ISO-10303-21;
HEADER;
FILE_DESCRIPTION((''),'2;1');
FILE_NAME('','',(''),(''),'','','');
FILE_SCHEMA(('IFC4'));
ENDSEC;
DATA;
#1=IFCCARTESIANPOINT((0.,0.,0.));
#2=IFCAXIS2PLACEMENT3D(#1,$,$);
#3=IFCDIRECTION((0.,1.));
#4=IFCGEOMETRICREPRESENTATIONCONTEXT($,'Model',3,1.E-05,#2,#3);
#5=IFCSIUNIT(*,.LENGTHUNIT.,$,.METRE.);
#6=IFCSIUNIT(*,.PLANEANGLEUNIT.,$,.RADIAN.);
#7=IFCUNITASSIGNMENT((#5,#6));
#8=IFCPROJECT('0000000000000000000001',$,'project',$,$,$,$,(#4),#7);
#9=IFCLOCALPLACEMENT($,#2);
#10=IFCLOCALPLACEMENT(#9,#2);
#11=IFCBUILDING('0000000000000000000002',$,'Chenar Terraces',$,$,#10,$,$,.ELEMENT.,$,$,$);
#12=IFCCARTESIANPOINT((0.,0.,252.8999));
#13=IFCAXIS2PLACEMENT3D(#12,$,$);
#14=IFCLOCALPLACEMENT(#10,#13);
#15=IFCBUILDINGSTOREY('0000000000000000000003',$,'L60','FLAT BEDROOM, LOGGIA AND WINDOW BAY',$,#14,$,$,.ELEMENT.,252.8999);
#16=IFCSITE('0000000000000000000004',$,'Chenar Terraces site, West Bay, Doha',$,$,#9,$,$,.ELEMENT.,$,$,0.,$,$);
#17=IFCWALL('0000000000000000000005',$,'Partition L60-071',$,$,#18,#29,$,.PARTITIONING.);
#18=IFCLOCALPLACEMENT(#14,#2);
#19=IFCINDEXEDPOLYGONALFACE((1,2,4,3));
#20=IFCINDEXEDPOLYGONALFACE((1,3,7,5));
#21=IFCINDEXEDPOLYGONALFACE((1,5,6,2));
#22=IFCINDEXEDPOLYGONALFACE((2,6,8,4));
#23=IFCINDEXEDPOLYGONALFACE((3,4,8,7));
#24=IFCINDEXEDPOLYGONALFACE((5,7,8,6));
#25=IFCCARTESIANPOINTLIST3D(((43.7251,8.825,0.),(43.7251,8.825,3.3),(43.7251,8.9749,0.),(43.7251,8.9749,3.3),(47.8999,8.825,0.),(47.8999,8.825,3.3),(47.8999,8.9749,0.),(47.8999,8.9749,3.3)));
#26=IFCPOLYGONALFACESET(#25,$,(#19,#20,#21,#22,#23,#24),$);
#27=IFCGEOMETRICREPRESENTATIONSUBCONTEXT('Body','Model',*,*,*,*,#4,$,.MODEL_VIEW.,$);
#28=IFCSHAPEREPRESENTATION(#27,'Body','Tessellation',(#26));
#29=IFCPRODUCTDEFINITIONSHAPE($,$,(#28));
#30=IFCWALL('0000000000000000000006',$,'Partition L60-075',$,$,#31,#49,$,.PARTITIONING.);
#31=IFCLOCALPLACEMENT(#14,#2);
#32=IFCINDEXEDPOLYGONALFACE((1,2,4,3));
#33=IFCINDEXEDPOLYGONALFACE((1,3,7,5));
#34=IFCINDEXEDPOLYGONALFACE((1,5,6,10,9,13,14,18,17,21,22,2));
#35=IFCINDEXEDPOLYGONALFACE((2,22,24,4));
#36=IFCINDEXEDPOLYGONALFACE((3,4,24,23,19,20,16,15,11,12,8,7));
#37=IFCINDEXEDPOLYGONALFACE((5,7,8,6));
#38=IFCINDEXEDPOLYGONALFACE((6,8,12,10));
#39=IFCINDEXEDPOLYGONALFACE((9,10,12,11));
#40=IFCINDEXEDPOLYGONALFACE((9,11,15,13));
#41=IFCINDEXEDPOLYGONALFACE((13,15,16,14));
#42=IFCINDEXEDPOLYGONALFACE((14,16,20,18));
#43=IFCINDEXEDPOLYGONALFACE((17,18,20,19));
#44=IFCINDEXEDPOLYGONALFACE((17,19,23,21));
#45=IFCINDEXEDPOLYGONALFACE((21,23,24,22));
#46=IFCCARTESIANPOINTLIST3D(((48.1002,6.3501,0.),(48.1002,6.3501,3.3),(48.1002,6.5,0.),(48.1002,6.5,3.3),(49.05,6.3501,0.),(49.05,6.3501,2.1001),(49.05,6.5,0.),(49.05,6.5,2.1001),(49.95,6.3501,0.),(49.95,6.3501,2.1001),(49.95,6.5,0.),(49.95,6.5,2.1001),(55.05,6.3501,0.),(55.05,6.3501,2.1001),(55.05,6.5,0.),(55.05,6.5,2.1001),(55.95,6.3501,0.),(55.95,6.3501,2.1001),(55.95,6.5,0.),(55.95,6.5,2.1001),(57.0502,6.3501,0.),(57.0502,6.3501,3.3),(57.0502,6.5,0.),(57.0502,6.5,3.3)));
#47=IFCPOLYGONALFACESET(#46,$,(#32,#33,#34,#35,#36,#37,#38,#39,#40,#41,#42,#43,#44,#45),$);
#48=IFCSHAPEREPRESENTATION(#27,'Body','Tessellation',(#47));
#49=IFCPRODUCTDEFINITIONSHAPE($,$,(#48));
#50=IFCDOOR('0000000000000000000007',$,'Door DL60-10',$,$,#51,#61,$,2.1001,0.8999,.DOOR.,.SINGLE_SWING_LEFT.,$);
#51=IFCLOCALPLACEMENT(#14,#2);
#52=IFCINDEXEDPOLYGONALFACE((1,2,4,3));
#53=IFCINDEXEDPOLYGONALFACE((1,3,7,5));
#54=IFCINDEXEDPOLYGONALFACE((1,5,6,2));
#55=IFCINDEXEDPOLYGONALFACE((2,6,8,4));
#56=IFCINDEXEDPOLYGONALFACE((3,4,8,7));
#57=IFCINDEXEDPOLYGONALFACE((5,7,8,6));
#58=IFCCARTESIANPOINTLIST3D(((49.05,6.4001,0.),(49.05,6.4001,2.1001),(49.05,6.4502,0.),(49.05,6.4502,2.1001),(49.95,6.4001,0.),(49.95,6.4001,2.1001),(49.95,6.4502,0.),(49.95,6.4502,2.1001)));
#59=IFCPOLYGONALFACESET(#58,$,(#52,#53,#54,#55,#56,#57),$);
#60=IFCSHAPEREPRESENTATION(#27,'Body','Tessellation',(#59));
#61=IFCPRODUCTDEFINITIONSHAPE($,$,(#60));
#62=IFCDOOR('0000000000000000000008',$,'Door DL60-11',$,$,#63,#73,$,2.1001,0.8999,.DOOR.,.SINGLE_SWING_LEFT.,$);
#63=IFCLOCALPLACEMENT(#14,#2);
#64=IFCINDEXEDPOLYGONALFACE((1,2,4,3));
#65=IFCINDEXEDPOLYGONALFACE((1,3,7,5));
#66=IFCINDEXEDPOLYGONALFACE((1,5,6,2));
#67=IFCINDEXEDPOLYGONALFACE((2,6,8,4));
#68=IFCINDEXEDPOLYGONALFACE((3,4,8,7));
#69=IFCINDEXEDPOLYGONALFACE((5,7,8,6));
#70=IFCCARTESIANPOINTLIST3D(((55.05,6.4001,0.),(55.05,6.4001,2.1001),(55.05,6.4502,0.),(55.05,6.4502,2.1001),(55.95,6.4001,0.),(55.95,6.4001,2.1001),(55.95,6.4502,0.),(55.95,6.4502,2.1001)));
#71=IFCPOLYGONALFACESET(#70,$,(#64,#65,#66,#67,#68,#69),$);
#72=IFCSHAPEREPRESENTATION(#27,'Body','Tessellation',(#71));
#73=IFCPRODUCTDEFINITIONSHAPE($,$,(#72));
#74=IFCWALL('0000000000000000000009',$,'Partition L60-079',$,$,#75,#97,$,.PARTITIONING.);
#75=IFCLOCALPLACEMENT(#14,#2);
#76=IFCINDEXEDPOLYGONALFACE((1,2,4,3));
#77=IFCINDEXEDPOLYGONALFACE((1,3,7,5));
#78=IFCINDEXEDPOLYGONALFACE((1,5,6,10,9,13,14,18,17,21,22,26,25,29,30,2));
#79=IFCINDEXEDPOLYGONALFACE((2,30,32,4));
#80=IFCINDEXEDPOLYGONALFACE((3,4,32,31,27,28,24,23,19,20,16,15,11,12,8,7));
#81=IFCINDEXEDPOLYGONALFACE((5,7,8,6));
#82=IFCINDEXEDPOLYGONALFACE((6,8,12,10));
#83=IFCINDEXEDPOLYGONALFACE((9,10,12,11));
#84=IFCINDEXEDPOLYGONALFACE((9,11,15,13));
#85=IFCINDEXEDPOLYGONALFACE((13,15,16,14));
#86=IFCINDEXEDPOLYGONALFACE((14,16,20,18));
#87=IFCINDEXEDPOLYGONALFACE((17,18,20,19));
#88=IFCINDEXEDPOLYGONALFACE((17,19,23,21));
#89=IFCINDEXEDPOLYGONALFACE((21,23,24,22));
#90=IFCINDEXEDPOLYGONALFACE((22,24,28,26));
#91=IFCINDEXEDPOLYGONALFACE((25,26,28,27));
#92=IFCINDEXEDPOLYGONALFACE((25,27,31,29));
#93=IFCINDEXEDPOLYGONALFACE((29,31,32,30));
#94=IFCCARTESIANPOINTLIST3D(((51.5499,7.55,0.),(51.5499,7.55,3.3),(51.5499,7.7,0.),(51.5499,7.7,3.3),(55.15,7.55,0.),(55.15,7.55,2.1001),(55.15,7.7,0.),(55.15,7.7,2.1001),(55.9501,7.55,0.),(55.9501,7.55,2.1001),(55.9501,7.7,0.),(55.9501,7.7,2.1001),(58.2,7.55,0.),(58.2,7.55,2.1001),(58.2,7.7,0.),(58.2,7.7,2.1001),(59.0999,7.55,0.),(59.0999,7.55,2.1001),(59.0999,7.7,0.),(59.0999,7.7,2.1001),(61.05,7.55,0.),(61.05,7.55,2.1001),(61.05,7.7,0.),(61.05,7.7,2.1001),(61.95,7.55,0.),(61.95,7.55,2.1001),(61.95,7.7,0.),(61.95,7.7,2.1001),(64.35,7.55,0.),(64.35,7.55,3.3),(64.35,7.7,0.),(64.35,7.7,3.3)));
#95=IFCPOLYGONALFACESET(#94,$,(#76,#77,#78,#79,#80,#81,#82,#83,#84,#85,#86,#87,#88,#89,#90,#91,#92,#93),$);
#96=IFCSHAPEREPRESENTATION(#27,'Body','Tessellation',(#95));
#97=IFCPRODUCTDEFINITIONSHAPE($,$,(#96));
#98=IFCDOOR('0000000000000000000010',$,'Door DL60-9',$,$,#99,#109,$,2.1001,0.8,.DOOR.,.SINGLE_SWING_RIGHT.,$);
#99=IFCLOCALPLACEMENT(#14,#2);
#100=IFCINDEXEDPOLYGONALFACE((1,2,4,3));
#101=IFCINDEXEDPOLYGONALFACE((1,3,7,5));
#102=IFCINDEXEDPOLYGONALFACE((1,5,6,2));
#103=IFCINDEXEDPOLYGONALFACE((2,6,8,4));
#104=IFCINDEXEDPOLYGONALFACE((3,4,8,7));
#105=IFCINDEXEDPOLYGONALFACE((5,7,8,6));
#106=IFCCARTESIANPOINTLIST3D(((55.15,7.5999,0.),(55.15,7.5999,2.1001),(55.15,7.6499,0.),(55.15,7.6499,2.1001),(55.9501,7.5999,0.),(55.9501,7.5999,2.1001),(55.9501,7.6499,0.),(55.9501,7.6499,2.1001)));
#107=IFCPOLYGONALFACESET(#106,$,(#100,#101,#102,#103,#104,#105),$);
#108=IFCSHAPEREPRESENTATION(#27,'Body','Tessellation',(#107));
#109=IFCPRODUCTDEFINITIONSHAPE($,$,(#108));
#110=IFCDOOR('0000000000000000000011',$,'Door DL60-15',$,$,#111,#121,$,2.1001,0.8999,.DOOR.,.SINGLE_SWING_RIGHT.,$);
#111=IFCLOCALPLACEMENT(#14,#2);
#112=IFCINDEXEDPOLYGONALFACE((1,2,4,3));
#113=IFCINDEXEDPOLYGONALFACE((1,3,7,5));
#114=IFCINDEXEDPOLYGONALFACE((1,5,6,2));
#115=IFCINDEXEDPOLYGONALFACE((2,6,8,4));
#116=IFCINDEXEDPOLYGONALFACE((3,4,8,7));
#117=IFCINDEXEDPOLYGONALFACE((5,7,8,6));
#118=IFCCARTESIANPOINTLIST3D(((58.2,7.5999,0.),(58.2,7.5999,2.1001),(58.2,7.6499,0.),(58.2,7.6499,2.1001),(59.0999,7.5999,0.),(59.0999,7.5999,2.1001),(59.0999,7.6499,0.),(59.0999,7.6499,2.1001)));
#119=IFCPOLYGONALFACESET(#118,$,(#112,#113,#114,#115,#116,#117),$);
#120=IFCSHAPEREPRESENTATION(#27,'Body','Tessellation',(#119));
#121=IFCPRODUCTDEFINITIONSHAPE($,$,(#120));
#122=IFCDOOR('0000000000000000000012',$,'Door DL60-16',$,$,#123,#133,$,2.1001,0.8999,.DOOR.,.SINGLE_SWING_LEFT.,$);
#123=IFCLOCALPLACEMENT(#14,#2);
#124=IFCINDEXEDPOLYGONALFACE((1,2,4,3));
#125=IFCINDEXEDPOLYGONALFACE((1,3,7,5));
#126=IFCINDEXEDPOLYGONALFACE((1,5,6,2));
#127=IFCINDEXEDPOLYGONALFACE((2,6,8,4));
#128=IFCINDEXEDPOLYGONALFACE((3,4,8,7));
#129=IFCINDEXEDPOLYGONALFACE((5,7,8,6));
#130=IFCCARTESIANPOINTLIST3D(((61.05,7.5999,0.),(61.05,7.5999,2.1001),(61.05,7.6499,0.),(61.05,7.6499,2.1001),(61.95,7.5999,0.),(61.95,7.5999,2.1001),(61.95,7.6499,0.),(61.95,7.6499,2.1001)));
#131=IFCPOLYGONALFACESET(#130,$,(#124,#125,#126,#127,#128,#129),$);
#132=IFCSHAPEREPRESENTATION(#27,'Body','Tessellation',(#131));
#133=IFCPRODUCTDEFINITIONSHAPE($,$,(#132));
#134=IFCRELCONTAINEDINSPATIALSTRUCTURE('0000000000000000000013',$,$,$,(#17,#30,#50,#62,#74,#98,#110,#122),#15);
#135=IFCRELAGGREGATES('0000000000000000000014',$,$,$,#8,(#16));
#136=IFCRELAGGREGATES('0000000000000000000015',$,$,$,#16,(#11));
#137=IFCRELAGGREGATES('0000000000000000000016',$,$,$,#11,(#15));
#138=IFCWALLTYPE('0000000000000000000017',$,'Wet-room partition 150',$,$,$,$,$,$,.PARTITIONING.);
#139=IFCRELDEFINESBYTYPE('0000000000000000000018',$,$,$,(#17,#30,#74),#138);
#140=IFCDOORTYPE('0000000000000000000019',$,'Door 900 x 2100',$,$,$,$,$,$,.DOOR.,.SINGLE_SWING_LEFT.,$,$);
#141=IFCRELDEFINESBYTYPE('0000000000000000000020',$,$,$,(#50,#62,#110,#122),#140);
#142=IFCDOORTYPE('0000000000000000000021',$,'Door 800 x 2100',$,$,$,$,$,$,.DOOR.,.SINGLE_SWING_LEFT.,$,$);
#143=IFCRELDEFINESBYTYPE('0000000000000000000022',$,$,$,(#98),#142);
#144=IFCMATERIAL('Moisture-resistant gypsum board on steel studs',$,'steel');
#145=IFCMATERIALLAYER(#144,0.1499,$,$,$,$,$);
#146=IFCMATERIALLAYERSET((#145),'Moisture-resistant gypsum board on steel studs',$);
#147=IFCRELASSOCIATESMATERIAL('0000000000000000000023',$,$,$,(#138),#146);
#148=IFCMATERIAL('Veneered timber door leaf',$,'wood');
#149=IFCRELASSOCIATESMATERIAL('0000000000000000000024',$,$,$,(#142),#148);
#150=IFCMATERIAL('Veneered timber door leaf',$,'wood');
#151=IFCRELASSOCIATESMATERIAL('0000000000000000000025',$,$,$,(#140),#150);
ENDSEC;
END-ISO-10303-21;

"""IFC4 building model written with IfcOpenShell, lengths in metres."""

from ifc_helpers import new_model, si_unit, direction, frame, frame_2d, origin, place, context, subcontext, project, spatial, rectangle, extrude, material, layer, layer_set, type_object, element, fill, save


model = new_model("IFC4")

# Units and contexts
model_context = context("Model", 3, precision=1e-05, world=origin(), true_north=direction((0.0, 1.0)))
body_context = subcontext(model_context, "Body", "Model", "MODEL_VIEW")
ifc_project = project(units=[si_unit("LENGTHUNIT", "METRE"), si_unit("PLANEANGLEUNIT", "RADIAN")], contexts=[model_context])

# Site, building, storey
site_placement = place(None, origin())
site = spatial("IfcSite", under=ifc_project, at=site_placement, Name="Chenar Terraces site, West Bay, Doha", CompositionType="ELEMENT", RefElevation=0.0)
building_placement = place(site_placement, origin())
building = spatial("IfcBuilding", under=site, at=building_placement, Name="Chenar Terraces", CompositionType="ELEMENT")
storey_placement = place(building_placement, frame((0.0, 0.0, 252.8999)))
storey = spatial("IfcBuildingStorey", under=building, at=storey_placement, Name="L60", Description="FLAT BEDROOM, LOGGIA AND WINDOW BAY", CompositionType="ELEMENT", Elevation=252.8999)

# Shared definitions
ifc_material_1 = material(Name="Moisture-resistant gypsum board on steel studs", Category="steel")
ifc_layer_1 = layer(ifc_material_1, 0.1499)
ifc_layer_set_1 = layer_set([ifc_layer_1], Name="Moisture-resistant gypsum board on steel studs")
wall_type_1 = type_object("IfcWallType", Name="Wet-room partition 150", PredefinedType="PARTITIONING", material=ifc_layer_set_1)
ifc_material_2 = material(Name="Veneered timber door leaf", Category="wood")
door_type_1 = type_object("IfcDoorType", Name="Door 800 x 2100", OperationType="SINGLE_SWING_LEFT", PredefinedType="DOOR", material=ifc_material_2)

# Wall
wall_1_placement = place(storey_placement, frame((43.7251, 8.8999, 0.0), z_axis=(0.0, 0.0, 1.0), x_axis=(1.0, 0.0, 0.0)))
element("IfcWall", 1, at=wall_1_placement, inside=storey, type_object=wall_type_1, Name="Partition L60-071", PredefinedType="PARTITIONING", context=body_context, shape_type="SweptSolid", body=[
    extrude(rectangle(XDim=4.1748, YDim=0.1499, at=frame_2d((2.0874, 0.0))), origin(), (0.0, 0.0, 1.0), 3.3),
])

# Walls, openings, doors
wall_2_placement = place(storey_placement, frame((48.1001, 6.425, 0.0), z_axis=(0.0, 0.0, 1.0), x_axis=(1.0, 0.0, 0.0)))
wall_2 = element("IfcWall", 2, at=wall_2_placement, inside=storey, type_object=wall_type_1, Name="Partition L60-075", PredefinedType="PARTITIONING", context=body_context, shape_type="SweptSolid", body=[
    extrude(rectangle(XDim=8.95, YDim=0.1499, at=frame_2d((4.4751, 0.0))), origin(), (0.0, 0.0, 1.0), 3.3),
])
opening_1_placement = place(wall_2_placement, frame((0.95, 0.0, 0.0)))
opening_1 = element("IfcOpeningElement", 3, at=opening_1_placement, cuts=wall_2, PredefinedType="OPENING", context=body_context, shape_type="SweptSolid", body=[
    extrude(rectangle(XDim=0.8999, YDim=2.1001, at=frame_2d((0.45, 1.05))), frame((0.0, 0.085, 0.0), z_axis=(0.0, -1.0, 0.0), x_axis=(1.0, 0.0, 0.0)), (0.0, 0.0, 1.0), 0.1699),
])
opening_2_placement = place(wall_2_placement, frame((6.95, 0.0, 0.0)))
opening_2 = element("IfcOpeningElement", 4, at=opening_2_placement, cuts=wall_2, PredefinedType="OPENING", context=body_context, shape_type="SweptSolid", body=[
    extrude(rectangle(XDim=0.8999, YDim=2.1001, at=frame_2d((0.45, 1.05))), frame((0.0, 0.085, 0.0), z_axis=(0.0, -1.0, 0.0), x_axis=(1.0, 0.0, 0.0)), (0.0, 0.0, 1.0), 0.1699),
])
ifc_material_3 = material(Name="Veneered timber door leaf", Category="wood")
door_type_2 = type_object("IfcDoorType", Name="Door 900 x 2100", OperationType="SINGLE_SWING_LEFT", PredefinedType="DOOR", material=ifc_material_3)
door_1_placement = place(opening_1_placement, frame((0.8999, 0.0, 0.0), z_axis=(0.0, 0.0, 1.0), x_axis=(-1.0, 0.0, 0.0)))
door_1 = element("IfcDoor", 5, at=door_1_placement, inside=storey, type_object=door_type_2, Name="Door DL60-10", OperationType="SINGLE_SWING_LEFT", OverallHeight=2.1001, OverallWidth=0.8999, PredefinedType="DOOR", context=body_context, shape_type="SweptSolid", body=[
    extrude(rectangle(XDim=0.8999, YDim=2.1001, at=frame_2d((0.45, 1.05))), frame((0.0, 0.0249, 0.0), z_axis=(0.0, -1.0, 0.0), x_axis=(1.0, 0.0, 0.0)), (0.0, 0.0, 1.0), 0.05),
])
fill(opening_1, door_1)
door_2_placement = place(opening_2_placement, frame((0.8999, 0.0, 0.0), z_axis=(0.0, 0.0, 1.0), x_axis=(-1.0, 0.0, 0.0)))
door_2 = element("IfcDoor", 6, at=door_2_placement, inside=storey, type_object=door_type_2, Name="Door DL60-11", OperationType="SINGLE_SWING_LEFT", OverallHeight=2.1001, OverallWidth=0.8999, PredefinedType="DOOR", context=body_context, shape_type="SweptSolid", body=[
    extrude(rectangle(XDim=0.8999, YDim=2.1001, at=frame_2d((0.45, 1.05))), frame((0.0, 0.0249, 0.0), z_axis=(0.0, -1.0, 0.0), x_axis=(1.0, 0.0, 0.0)), (0.0, 0.0, 1.0), 0.05),
])
fill(opening_2, door_2)
wall_3_placement = place(storey_placement, frame((51.55, 7.625, 0.0), z_axis=(0.0, 0.0, 1.0), x_axis=(1.0, 0.0, 0.0)))
wall_3 = element("IfcWall", 7, at=wall_3_placement, inside=storey, type_object=wall_type_1, Name="Partition L60-079", PredefinedType="PARTITIONING", context=body_context, shape_type="SweptSolid", body=[
    extrude(rectangle(XDim=12.8, YDim=0.1499, at=frame_2d((6.3999, 0.0))), origin(), (0.0, 0.0, 1.0), 3.3),
])
opening_3_placement = place(wall_3_placement, frame((3.6001, 0.0, 0.0)))
opening_3 = element("IfcOpeningElement", 8, at=opening_3_placement, cuts=wall_3, PredefinedType="OPENING", context=body_context, shape_type="SweptSolid", body=[
    extrude(rectangle(XDim=0.8, YDim=2.1001, at=frame_2d((0.3999, 1.05))), frame((0.0, 0.085, 0.0), z_axis=(0.0, -1.0, 0.0), x_axis=(1.0, 0.0, 0.0)), (0.0, 0.0, 1.0), 0.1699),
])
opening_4_placement = place(wall_3_placement, frame((6.6499, 0.0, 0.0)))
opening_4 = element("IfcOpeningElement", 9, at=opening_4_placement, cuts=wall_3, PredefinedType="OPENING", context=body_context, shape_type="SweptSolid", body=[
    extrude(rectangle(XDim=0.8999, YDim=2.1001, at=frame_2d((0.45, 1.05))), frame((0.0, 0.085, 0.0), z_axis=(0.0, -1.0, 0.0), x_axis=(1.0, 0.0, 0.0)), (0.0, 0.0, 1.0), 0.1699),
])
opening_5_placement = place(wall_3_placement, frame((9.5, 0.0, 0.0)))
opening_5 = element("IfcOpeningElement", 10, at=opening_5_placement, cuts=wall_3, PredefinedType="OPENING", context=body_context, shape_type="SweptSolid", body=[
    extrude(rectangle(XDim=0.8999, YDim=2.1001, at=frame_2d((0.45, 1.05))), frame((0.0, 0.085, 0.0), z_axis=(0.0, -1.0, 0.0), x_axis=(1.0, 0.0, 0.0)), (0.0, 0.0, 1.0), 0.1699),
])
door_3_placement = place(opening_3_placement, origin())
door_3 = element("IfcDoor", 11, at=door_3_placement, inside=storey, type_object=door_type_1, Name="Door DL60-9", OperationType="SINGLE_SWING_RIGHT", OverallHeight=2.1001, OverallWidth=0.8, PredefinedType="DOOR", context=body_context, shape_type="SweptSolid", body=[
    extrude(rectangle(XDim=0.8, YDim=2.1001, at=frame_2d((0.3999, 1.05))), frame((0.0, 0.0249, 0.0), z_axis=(0.0, -1.0, 0.0), x_axis=(1.0, 0.0, 0.0)), (0.0, 0.0, 1.0), 0.05),
])
fill(opening_3, door_3)
door_4_placement = place(opening_4_placement, origin())
door_4 = element("IfcDoor", 12, at=door_4_placement, inside=storey, type_object=door_type_2, Name="Door DL60-15", OperationType="SINGLE_SWING_RIGHT", OverallHeight=2.1001, OverallWidth=0.8999, PredefinedType="DOOR", context=body_context, shape_type="SweptSolid", body=[
    extrude(rectangle(XDim=0.8999, YDim=2.1001, at=frame_2d((0.45, 1.05))), frame((0.0, 0.0249, 0.0), z_axis=(0.0, -1.0, 0.0), x_axis=(1.0, 0.0, 0.0)), (0.0, 0.0, 1.0), 0.05),
])
fill(opening_4, door_4)
door_5_placement = place(opening_5_placement, origin())
door_5 = element("IfcDoor", 13, at=door_5_placement, inside=storey, type_object=door_type_2, Name="Door DL60-16", OperationType="SINGLE_SWING_LEFT", OverallHeight=2.1001, OverallWidth=0.8999, PredefinedType="DOOR", context=body_context, shape_type="SweptSolid", body=[
    extrude(rectangle(XDim=0.8999, YDim=2.1001, at=frame_2d((0.45, 1.05))), frame((0.0, 0.0249, 0.0), z_axis=(0.0, -1.0, 0.0), x_axis=(1.0, 0.0, 0.0)), (0.0, 0.0, 1.0), 0.05),
])
fill(opening_5, door_5)

save(model, "model.ifc")
